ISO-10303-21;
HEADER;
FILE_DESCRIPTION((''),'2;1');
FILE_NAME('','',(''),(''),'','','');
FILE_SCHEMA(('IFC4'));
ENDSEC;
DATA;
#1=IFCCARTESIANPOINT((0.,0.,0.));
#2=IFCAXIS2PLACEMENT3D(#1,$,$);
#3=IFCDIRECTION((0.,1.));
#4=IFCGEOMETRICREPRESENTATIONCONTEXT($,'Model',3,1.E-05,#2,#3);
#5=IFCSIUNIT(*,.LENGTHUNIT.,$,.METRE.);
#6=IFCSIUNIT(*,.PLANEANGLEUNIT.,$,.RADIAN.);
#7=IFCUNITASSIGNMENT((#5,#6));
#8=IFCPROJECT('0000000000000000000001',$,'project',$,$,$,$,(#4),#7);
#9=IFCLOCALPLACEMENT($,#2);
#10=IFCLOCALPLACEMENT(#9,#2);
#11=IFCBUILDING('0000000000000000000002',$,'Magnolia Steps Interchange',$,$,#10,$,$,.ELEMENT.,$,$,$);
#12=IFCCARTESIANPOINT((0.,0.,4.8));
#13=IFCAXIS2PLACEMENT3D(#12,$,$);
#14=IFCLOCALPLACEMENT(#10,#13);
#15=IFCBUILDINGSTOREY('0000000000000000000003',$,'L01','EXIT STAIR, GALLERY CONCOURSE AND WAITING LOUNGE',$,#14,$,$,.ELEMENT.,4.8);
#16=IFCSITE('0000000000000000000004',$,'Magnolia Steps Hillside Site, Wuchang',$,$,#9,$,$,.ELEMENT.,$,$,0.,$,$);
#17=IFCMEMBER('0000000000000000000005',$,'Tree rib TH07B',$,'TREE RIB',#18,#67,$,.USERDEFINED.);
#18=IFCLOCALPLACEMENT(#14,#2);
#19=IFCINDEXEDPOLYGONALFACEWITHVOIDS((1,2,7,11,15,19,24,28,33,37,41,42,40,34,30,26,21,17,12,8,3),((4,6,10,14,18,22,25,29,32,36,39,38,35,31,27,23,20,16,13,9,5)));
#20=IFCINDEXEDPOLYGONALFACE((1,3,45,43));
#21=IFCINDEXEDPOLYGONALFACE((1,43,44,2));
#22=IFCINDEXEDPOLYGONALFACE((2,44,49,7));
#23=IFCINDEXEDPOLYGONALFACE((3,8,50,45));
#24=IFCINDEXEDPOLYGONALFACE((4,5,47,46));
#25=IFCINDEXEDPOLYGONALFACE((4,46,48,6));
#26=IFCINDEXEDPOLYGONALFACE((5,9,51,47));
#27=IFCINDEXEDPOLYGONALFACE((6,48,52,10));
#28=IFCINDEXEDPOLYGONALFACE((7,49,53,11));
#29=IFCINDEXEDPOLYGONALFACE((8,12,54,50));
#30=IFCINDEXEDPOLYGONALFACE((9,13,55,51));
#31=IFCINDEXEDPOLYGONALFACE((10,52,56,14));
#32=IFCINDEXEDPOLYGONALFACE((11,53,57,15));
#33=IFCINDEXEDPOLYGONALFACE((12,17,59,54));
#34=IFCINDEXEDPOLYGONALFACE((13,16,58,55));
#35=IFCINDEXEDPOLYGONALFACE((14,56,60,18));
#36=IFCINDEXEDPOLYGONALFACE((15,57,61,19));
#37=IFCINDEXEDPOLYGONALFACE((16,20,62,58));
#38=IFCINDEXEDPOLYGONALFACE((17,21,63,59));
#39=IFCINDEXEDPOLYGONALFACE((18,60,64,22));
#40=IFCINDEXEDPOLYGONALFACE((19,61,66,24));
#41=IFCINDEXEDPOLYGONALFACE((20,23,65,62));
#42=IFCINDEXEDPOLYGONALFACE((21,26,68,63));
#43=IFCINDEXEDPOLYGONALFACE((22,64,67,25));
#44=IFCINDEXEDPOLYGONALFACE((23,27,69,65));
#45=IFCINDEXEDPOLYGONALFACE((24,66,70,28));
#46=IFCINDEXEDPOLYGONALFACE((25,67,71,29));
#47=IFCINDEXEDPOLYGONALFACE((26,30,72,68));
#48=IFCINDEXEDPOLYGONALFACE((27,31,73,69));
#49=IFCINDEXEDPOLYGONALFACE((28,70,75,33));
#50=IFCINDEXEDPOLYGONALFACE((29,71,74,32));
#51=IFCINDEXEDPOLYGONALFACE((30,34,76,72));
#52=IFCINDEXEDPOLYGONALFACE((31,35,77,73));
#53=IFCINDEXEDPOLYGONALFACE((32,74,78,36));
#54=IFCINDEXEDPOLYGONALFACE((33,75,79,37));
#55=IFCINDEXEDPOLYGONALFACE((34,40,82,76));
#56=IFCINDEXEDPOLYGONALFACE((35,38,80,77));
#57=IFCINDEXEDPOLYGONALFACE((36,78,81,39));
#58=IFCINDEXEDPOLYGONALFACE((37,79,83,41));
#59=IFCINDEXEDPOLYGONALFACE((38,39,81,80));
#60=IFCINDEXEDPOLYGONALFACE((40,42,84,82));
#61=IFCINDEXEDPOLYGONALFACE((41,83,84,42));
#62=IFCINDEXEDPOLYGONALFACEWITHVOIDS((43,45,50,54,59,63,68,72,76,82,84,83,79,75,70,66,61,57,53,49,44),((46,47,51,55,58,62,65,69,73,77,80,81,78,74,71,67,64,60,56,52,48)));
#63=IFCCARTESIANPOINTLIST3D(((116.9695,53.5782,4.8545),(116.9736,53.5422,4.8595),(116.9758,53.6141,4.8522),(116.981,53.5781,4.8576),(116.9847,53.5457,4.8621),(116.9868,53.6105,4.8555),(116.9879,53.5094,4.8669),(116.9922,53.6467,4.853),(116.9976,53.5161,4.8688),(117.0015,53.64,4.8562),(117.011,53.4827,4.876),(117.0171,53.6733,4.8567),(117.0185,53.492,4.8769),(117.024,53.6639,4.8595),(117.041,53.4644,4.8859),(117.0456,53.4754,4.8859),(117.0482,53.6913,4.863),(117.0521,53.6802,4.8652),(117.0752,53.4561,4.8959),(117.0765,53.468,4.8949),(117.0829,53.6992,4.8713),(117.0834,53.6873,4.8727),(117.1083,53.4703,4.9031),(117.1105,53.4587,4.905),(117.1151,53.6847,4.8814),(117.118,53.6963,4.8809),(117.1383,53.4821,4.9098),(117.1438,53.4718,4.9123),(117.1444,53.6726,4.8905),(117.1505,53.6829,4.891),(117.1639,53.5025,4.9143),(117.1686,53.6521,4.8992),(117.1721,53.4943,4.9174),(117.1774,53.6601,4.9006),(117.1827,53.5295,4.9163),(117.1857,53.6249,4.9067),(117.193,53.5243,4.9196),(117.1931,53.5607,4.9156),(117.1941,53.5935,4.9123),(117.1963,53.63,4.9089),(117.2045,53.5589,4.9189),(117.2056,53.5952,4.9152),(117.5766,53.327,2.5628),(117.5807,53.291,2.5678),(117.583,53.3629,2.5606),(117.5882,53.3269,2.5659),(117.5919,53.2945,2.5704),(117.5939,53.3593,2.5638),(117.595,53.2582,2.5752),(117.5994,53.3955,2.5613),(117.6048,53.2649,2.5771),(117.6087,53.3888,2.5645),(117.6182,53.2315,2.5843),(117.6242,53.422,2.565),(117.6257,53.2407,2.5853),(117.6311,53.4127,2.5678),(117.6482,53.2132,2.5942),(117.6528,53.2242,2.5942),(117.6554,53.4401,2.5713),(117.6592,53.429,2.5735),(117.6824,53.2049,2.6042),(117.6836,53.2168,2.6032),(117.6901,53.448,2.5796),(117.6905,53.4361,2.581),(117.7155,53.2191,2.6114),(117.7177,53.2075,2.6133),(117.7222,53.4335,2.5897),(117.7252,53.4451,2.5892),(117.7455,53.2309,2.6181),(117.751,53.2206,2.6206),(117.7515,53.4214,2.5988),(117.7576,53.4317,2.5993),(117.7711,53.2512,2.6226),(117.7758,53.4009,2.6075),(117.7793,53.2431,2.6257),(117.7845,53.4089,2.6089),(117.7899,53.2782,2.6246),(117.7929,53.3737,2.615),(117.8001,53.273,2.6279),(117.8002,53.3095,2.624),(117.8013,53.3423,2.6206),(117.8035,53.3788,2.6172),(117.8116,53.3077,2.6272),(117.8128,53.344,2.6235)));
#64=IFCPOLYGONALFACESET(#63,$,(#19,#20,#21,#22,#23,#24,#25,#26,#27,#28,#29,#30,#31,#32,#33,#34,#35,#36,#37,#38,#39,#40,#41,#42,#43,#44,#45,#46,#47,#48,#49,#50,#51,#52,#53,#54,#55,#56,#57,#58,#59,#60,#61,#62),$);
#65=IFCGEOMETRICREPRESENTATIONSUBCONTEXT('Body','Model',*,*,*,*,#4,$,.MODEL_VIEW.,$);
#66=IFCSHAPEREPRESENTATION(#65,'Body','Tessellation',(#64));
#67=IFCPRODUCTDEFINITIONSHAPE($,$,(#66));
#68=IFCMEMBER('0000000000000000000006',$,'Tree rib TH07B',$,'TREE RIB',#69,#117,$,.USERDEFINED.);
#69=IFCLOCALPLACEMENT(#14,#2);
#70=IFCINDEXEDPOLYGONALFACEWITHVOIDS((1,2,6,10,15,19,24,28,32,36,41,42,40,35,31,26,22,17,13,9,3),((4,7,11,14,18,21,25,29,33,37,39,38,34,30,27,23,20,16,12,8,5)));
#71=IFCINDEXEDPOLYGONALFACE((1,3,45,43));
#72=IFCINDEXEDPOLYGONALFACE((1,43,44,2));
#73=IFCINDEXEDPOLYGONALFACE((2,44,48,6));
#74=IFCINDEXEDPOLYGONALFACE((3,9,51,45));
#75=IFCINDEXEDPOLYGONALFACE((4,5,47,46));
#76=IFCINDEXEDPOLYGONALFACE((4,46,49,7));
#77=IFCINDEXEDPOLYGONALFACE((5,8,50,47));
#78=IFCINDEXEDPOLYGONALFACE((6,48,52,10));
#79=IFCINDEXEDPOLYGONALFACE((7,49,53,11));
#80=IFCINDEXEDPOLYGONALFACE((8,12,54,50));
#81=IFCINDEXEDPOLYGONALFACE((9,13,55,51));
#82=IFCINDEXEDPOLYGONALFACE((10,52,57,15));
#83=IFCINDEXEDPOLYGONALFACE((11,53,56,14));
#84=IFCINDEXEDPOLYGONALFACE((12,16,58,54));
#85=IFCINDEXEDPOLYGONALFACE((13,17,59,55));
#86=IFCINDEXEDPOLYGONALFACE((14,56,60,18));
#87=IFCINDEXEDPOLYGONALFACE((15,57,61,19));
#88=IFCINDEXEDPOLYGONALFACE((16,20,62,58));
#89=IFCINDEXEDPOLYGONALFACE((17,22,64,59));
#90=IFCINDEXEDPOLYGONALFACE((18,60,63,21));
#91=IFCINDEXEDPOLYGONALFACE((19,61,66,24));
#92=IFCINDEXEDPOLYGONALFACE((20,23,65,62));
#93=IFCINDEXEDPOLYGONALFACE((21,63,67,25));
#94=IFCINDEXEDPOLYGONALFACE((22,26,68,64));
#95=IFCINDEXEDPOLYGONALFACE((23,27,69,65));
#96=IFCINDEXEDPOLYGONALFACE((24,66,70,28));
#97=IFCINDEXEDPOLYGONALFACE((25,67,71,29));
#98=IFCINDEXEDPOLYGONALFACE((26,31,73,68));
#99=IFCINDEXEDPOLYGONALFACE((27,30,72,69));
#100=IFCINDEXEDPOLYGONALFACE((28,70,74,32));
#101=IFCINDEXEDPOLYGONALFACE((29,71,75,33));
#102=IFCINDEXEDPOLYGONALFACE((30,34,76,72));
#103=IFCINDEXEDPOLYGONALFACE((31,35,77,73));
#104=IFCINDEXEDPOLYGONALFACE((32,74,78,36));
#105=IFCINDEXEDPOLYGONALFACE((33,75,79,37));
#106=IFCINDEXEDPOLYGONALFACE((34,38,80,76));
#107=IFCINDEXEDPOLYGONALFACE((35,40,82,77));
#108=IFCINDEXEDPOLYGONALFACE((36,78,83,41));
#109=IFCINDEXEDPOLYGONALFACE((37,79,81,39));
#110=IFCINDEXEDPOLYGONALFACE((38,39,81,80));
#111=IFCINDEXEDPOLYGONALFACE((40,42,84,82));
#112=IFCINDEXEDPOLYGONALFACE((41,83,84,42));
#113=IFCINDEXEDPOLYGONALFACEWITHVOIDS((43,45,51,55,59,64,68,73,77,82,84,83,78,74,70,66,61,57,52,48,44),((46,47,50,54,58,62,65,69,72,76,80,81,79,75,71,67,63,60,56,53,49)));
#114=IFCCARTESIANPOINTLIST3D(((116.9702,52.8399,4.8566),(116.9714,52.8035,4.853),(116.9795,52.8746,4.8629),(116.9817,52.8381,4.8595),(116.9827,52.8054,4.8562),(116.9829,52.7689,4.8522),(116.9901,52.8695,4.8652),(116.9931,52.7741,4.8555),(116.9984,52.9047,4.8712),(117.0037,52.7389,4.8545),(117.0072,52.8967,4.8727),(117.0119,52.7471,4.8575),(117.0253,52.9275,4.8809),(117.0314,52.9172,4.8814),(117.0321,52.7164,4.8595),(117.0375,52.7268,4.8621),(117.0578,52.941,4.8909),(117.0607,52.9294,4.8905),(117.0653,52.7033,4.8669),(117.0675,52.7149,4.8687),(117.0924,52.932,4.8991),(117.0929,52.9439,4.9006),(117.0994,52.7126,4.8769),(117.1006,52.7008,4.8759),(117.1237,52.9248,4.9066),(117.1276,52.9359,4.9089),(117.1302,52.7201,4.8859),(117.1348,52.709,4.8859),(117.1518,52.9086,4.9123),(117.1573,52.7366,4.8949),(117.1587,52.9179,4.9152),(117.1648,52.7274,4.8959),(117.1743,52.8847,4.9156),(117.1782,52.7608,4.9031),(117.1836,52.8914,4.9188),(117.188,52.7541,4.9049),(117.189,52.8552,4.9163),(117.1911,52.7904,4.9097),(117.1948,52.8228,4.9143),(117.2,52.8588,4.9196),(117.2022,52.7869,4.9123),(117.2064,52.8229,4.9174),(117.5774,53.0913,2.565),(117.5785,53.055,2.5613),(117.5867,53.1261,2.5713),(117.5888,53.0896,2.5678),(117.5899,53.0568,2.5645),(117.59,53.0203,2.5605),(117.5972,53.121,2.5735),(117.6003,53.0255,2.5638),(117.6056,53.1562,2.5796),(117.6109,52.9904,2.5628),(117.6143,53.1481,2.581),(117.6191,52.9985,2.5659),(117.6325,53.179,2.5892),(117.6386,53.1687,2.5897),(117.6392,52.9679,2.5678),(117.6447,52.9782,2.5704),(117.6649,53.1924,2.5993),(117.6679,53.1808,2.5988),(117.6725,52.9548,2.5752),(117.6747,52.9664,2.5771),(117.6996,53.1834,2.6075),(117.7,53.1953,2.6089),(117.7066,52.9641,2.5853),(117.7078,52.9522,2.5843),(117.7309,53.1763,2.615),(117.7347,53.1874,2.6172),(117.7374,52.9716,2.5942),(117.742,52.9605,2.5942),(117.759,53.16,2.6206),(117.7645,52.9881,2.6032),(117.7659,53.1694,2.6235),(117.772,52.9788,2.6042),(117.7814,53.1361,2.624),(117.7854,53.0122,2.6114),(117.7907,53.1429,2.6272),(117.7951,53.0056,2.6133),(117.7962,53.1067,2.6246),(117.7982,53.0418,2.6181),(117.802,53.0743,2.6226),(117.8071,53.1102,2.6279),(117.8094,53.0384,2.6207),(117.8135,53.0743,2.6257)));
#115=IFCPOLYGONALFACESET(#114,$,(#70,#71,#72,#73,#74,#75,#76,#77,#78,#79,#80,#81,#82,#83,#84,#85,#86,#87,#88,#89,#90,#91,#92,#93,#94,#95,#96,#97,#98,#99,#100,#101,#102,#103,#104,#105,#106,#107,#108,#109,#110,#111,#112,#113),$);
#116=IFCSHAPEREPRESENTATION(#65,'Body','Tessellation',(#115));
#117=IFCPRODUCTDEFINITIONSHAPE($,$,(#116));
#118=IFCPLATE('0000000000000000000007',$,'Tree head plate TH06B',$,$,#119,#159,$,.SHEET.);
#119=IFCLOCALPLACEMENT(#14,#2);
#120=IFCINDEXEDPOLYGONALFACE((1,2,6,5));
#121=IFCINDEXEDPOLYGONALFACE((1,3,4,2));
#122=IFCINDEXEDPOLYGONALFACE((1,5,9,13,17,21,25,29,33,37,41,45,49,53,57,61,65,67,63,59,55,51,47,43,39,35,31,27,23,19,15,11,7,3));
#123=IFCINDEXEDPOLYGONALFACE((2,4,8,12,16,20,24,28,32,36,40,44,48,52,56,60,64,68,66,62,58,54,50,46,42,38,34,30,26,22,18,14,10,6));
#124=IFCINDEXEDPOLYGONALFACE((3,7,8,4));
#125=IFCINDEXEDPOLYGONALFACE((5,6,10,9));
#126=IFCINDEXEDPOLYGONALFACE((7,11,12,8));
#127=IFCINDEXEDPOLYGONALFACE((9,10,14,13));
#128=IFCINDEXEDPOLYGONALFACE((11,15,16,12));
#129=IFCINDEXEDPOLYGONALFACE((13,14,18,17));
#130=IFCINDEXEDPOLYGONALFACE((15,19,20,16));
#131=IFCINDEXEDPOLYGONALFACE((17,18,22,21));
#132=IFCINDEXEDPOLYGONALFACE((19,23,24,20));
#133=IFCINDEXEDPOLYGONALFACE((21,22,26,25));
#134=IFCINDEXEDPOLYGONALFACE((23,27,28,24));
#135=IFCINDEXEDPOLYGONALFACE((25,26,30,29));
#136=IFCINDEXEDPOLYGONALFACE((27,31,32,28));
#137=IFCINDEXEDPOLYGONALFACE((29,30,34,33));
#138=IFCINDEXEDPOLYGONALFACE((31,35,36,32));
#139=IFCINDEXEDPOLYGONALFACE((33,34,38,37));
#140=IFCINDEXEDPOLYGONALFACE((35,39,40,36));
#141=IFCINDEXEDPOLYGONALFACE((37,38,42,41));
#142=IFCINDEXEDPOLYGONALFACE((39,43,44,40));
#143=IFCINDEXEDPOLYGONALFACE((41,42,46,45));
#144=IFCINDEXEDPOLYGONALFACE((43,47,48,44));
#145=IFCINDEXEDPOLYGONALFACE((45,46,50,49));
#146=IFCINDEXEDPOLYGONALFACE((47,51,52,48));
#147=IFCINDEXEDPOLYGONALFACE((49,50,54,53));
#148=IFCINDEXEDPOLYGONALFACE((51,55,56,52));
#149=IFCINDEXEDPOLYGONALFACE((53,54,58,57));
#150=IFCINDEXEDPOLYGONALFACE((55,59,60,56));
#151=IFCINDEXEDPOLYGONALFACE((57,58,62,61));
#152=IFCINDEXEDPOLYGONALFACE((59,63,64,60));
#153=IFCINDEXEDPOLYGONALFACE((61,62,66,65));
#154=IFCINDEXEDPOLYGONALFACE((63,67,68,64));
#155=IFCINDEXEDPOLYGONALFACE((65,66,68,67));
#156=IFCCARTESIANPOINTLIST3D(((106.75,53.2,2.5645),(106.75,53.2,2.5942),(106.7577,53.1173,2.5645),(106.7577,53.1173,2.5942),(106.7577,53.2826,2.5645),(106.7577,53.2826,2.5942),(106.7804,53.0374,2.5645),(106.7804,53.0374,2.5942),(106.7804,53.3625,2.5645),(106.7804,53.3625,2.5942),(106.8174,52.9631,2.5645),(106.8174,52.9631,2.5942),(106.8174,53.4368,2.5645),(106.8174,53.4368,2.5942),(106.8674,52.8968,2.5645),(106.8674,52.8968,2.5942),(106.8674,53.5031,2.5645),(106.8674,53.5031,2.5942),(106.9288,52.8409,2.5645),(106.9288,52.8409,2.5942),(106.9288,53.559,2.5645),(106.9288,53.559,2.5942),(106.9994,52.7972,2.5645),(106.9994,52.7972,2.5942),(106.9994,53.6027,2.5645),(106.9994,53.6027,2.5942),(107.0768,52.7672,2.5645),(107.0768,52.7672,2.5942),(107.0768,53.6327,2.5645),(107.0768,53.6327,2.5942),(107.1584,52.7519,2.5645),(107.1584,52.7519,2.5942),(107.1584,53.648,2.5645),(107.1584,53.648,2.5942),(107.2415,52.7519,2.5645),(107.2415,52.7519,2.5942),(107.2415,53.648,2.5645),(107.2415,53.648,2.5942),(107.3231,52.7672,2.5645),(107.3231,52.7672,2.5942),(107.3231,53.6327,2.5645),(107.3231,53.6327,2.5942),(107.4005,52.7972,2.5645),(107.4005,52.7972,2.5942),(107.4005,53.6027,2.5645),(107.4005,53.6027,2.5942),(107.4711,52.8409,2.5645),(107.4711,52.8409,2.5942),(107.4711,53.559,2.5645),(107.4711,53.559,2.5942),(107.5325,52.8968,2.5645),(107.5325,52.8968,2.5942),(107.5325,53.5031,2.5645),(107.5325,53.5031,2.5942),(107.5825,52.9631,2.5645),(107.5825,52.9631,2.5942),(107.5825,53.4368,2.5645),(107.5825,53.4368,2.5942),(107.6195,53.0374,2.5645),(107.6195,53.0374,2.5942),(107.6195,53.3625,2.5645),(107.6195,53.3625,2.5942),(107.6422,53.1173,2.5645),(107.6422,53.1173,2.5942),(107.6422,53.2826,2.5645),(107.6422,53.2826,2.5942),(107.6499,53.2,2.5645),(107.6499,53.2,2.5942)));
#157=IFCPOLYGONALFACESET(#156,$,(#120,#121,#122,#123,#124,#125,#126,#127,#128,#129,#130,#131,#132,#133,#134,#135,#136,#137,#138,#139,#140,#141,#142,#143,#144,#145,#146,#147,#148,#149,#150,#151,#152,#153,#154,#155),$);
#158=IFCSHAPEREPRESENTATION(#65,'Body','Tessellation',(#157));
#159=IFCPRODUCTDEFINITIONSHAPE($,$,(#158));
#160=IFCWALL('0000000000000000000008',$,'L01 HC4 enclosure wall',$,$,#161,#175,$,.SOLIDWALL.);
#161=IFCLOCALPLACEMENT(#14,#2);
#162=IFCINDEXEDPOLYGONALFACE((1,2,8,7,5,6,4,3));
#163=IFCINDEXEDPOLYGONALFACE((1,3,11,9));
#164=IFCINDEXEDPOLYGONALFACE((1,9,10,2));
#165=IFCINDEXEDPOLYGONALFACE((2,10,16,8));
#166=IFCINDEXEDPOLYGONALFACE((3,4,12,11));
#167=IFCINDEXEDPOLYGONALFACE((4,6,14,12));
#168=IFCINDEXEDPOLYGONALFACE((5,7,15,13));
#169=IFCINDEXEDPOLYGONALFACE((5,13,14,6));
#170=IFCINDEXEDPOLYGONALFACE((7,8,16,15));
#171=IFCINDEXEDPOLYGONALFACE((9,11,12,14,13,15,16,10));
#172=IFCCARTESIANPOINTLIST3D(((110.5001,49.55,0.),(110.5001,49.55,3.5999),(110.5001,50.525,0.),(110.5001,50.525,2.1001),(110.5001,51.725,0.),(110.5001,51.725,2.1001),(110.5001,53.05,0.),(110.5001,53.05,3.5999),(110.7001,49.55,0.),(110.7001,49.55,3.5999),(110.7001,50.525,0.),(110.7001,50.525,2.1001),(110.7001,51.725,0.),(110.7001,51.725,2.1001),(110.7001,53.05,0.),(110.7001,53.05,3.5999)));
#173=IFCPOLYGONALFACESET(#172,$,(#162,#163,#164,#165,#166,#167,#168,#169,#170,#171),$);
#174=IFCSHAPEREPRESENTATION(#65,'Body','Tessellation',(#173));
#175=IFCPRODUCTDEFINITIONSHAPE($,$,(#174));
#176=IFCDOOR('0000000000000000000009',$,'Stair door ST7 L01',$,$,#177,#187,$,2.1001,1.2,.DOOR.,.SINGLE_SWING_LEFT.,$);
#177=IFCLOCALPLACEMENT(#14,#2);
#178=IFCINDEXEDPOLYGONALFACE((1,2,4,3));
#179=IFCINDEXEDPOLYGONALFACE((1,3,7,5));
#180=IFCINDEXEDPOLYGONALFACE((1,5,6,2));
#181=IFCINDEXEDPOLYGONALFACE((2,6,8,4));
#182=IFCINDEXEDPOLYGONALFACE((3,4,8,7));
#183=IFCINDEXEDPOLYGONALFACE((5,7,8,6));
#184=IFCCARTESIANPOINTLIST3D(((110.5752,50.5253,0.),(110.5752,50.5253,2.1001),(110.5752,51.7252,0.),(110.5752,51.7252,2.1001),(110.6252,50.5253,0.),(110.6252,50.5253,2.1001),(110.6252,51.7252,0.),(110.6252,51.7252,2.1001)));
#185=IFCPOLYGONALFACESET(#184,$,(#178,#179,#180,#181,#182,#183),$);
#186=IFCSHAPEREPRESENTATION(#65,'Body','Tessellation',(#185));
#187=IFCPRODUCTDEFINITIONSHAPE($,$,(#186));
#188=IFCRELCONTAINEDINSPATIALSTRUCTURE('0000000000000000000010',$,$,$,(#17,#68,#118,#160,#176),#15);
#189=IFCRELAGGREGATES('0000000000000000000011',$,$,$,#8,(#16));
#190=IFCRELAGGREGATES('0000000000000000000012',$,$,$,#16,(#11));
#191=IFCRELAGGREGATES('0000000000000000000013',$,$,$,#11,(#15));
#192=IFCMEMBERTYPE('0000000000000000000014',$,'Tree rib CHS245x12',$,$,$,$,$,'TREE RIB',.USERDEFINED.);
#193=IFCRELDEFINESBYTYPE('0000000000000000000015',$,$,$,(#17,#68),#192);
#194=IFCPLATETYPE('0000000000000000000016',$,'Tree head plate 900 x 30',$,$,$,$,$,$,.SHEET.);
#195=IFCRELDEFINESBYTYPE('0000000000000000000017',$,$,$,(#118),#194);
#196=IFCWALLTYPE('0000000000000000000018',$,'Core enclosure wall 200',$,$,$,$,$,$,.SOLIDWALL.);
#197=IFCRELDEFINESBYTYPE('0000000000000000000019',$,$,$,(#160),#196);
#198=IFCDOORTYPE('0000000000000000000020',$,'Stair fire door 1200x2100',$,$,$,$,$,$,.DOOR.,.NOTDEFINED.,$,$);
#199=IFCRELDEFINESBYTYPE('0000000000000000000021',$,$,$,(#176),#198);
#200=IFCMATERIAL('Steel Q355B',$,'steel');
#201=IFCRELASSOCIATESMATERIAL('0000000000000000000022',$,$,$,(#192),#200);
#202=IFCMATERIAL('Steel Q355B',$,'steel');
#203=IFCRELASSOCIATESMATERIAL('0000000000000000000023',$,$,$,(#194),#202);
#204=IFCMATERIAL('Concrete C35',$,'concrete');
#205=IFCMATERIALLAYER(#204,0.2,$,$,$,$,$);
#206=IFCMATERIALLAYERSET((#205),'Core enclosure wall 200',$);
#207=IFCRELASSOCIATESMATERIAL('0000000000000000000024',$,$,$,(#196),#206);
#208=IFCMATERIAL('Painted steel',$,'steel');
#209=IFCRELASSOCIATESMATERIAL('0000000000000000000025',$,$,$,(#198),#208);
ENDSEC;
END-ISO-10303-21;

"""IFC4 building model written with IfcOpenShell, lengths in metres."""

from ifc_helpers import new_model, si_unit, direction, frame, frame_2d, origin, origin_2d, place, context, subcontext, project, spatial, rectangle, circle, hollow_circle, extrude, material, layer, layer_set, material_profile, profile_set, type_object, element, fill, save


model = new_model("IFC4")

# Units and contexts
model_context = context("Model", 3, precision=1e-05, world=origin(), true_north=direction((0.0, 1.0)))
body_context = subcontext(model_context, "Body", "Model", "MODEL_VIEW")
ifc_project = project(units=[si_unit("LENGTHUNIT", "METRE"), si_unit("PLANEANGLEUNIT", "RADIAN")], contexts=[model_context])

# Site, building, storey
site_placement = place(None, origin())
site = spatial("IfcSite", under=ifc_project, at=site_placement, Name="Magnolia Steps Hillside Site, Wuchang", CompositionType="ELEMENT", RefElevation=0.0)
building_placement = place(site_placement, origin())
building = spatial("IfcBuilding", under=site, at=building_placement, Name="Magnolia Steps Interchange", CompositionType="ELEMENT")
storey_placement = place(building_placement, frame((0.0, 0.0, 4.8)))
storey = spatial("IfcBuildingStorey", under=building, at=storey_placement, Name="L01", Description="EXIT STAIR, GALLERY CONCOURSE AND WAITING LOUNGE", CompositionType="ELEMENT", Elevation=4.8)

# Members
ifc_material_1 = material(Name="Steel Q355B", Category="steel")
ifc_material_profile_1 = material_profile(ifc_material_1, hollow_circle(Radius=0.1226, WallThickness=0.012, at=origin_2d()), Name="CHS245x12")
ifc_profile_set_1 = profile_set([ifc_material_profile_1], Name="Steel Q355B")
member_type = type_object("IfcMemberType", Name="Tree rib CHS245x12", ElementType="TREE RIB", PredefinedType="USERDEFINED", material=ifc_profile_set_1)
for number, where, z_axis, x_axis, name in (
    (1, (117.6951, 53.3264, 2.5942), (-0.254679, 0.105374, 0.961267), (-0.382319, -0.92403, 0.0), "Tree rib TH07B"),
    (2, (117.6951, 53.0737, 2.5942), (-0.254676, -0.105475, 0.961257), (0.382636, -0.923899, 0.0), "Tree rib TH07B"),
):
    element("IfcMember", number, at=place(storey_placement, frame(where, z_axis=z_axis, x_axis=x_axis)), inside=storey, type_object=member_type, Name=name, ObjectType="TREE RIB", PredefinedType="USERDEFINED", context=body_context, shape_type="SweptSolid", body=[
        extrude(hollow_circle(Radius=0.1226, WallThickness=0.012, at=origin_2d()), origin(), (0.0, 0.0, 1.0), 2.384),
    ])

# Plate
ifc_material_2 = material(Name="Steel Q355B", Category="steel")
ifc_material_profile_2 = material_profile(ifc_material_2, circle(Radius=0.45, at=origin_2d()), Name="Tree head plate 900 x 30")
ifc_profile_set_2 = profile_set([ifc_material_profile_2], Name="Steel Q355B")
plate_type = type_object("IfcPlateType", Name="Tree head plate 900 x 30", PredefinedType="SHEET", material=ifc_profile_set_2)
plate_placement = place(storey_placement, frame((107.2, 53.2, 2.5645), z_axis=(0.0, 0.0, 1.0), x_axis=(1.0, 0.0, 0.0)))
element("IfcPlate", 3, at=plate_placement, inside=storey, type_object=plate_type, Name="Tree head plate TH06B", PredefinedType="SHEET", context=body_context, shape_type="SweptSolid", body=[
    extrude(circle(Radius=0.45, at=origin_2d()), origin(), (0.0, 0.0, 1.0), 0.0298),
])

# Wall, opening, door
ifc_material_3 = material(Name="Concrete C35", Category="concrete")
ifc_layer_1 = layer(ifc_material_3, 0.2)
ifc_layer_set_1 = layer_set([ifc_layer_1], Name="Core enclosure wall 200")
wall_type_1 = type_object("IfcWallType", Name="Core enclosure wall 200", PredefinedType="SOLIDWALL", material=ifc_layer_set_1)
wall_1_placement = place(storey_placement, frame((110.6001, 53.05, 0.0), z_axis=(0.0, 0.0, 1.0), x_axis=(0.0, -1.0, 0.0)))
wall_1 = element("IfcWall", 4, at=wall_1_placement, inside=storey, type_object=wall_type_1, Name="L01 HC4 enclosure wall", PredefinedType="SOLIDWALL", context=body_context, shape_type="SweptSolid", body=[
    extrude(rectangle(XDim=3.5, YDim=0.2, at=frame_2d((1.75, 0.0))), origin(), (0.0, 0.0, 1.0), 3.5999),
])
opening_1_placement = place(wall_1_placement, frame((1.325, 0.0, 0.0)))
opening_1 = element("IfcOpeningElement", 5, at=opening_1_placement, cuts=wall_1, PredefinedType="OPENING", context=body_context, shape_type="SweptSolid", body=[
    extrude(rectangle(XDim=1.2, YDim=2.1001, at=frame_2d((0.6001, 1.05))), frame((0.0, 0.1099, 0.0), z_axis=(0.0, -1.0, 0.0), x_axis=(1.0, 0.0, 0.0)), (0.0, 0.0, 1.0), 0.22),
])
ifc_material_4 = material(Name="Painted steel", Category="steel")
door_type_1 = type_object("IfcDoorType", Name="Stair fire door 1200x2100", OperationType="NOTDEFINED", PredefinedType="DOOR", material=ifc_material_4)
door_1_placement = place(opening_1_placement, frame((1.2, 0.0, 0.0), z_axis=(0.0, 0.0, 1.0), x_axis=(-1.0, 0.0, 0.0)))
door_1 = element("IfcDoor", 6, at=door_1_placement, inside=storey, type_object=door_type_1, Name="Stair door ST7 L01", OperationType="SINGLE_SWING_LEFT", OverallHeight=2.1001, OverallWidth=1.2, PredefinedType="DOOR", context=body_context, shape_type="SweptSolid", body=[
    extrude(rectangle(XDim=1.2, YDim=2.1001, at=frame_2d((0.6001, 1.05))), frame((0.0, 0.0249, 0.0), z_axis=(0.0, -1.0, 0.0), x_axis=(1.0, 0.0, 0.0)), (0.0, 0.0, 1.0), 0.05),
])
fill(opening_1, door_1)

save(model, "model.ifc")
